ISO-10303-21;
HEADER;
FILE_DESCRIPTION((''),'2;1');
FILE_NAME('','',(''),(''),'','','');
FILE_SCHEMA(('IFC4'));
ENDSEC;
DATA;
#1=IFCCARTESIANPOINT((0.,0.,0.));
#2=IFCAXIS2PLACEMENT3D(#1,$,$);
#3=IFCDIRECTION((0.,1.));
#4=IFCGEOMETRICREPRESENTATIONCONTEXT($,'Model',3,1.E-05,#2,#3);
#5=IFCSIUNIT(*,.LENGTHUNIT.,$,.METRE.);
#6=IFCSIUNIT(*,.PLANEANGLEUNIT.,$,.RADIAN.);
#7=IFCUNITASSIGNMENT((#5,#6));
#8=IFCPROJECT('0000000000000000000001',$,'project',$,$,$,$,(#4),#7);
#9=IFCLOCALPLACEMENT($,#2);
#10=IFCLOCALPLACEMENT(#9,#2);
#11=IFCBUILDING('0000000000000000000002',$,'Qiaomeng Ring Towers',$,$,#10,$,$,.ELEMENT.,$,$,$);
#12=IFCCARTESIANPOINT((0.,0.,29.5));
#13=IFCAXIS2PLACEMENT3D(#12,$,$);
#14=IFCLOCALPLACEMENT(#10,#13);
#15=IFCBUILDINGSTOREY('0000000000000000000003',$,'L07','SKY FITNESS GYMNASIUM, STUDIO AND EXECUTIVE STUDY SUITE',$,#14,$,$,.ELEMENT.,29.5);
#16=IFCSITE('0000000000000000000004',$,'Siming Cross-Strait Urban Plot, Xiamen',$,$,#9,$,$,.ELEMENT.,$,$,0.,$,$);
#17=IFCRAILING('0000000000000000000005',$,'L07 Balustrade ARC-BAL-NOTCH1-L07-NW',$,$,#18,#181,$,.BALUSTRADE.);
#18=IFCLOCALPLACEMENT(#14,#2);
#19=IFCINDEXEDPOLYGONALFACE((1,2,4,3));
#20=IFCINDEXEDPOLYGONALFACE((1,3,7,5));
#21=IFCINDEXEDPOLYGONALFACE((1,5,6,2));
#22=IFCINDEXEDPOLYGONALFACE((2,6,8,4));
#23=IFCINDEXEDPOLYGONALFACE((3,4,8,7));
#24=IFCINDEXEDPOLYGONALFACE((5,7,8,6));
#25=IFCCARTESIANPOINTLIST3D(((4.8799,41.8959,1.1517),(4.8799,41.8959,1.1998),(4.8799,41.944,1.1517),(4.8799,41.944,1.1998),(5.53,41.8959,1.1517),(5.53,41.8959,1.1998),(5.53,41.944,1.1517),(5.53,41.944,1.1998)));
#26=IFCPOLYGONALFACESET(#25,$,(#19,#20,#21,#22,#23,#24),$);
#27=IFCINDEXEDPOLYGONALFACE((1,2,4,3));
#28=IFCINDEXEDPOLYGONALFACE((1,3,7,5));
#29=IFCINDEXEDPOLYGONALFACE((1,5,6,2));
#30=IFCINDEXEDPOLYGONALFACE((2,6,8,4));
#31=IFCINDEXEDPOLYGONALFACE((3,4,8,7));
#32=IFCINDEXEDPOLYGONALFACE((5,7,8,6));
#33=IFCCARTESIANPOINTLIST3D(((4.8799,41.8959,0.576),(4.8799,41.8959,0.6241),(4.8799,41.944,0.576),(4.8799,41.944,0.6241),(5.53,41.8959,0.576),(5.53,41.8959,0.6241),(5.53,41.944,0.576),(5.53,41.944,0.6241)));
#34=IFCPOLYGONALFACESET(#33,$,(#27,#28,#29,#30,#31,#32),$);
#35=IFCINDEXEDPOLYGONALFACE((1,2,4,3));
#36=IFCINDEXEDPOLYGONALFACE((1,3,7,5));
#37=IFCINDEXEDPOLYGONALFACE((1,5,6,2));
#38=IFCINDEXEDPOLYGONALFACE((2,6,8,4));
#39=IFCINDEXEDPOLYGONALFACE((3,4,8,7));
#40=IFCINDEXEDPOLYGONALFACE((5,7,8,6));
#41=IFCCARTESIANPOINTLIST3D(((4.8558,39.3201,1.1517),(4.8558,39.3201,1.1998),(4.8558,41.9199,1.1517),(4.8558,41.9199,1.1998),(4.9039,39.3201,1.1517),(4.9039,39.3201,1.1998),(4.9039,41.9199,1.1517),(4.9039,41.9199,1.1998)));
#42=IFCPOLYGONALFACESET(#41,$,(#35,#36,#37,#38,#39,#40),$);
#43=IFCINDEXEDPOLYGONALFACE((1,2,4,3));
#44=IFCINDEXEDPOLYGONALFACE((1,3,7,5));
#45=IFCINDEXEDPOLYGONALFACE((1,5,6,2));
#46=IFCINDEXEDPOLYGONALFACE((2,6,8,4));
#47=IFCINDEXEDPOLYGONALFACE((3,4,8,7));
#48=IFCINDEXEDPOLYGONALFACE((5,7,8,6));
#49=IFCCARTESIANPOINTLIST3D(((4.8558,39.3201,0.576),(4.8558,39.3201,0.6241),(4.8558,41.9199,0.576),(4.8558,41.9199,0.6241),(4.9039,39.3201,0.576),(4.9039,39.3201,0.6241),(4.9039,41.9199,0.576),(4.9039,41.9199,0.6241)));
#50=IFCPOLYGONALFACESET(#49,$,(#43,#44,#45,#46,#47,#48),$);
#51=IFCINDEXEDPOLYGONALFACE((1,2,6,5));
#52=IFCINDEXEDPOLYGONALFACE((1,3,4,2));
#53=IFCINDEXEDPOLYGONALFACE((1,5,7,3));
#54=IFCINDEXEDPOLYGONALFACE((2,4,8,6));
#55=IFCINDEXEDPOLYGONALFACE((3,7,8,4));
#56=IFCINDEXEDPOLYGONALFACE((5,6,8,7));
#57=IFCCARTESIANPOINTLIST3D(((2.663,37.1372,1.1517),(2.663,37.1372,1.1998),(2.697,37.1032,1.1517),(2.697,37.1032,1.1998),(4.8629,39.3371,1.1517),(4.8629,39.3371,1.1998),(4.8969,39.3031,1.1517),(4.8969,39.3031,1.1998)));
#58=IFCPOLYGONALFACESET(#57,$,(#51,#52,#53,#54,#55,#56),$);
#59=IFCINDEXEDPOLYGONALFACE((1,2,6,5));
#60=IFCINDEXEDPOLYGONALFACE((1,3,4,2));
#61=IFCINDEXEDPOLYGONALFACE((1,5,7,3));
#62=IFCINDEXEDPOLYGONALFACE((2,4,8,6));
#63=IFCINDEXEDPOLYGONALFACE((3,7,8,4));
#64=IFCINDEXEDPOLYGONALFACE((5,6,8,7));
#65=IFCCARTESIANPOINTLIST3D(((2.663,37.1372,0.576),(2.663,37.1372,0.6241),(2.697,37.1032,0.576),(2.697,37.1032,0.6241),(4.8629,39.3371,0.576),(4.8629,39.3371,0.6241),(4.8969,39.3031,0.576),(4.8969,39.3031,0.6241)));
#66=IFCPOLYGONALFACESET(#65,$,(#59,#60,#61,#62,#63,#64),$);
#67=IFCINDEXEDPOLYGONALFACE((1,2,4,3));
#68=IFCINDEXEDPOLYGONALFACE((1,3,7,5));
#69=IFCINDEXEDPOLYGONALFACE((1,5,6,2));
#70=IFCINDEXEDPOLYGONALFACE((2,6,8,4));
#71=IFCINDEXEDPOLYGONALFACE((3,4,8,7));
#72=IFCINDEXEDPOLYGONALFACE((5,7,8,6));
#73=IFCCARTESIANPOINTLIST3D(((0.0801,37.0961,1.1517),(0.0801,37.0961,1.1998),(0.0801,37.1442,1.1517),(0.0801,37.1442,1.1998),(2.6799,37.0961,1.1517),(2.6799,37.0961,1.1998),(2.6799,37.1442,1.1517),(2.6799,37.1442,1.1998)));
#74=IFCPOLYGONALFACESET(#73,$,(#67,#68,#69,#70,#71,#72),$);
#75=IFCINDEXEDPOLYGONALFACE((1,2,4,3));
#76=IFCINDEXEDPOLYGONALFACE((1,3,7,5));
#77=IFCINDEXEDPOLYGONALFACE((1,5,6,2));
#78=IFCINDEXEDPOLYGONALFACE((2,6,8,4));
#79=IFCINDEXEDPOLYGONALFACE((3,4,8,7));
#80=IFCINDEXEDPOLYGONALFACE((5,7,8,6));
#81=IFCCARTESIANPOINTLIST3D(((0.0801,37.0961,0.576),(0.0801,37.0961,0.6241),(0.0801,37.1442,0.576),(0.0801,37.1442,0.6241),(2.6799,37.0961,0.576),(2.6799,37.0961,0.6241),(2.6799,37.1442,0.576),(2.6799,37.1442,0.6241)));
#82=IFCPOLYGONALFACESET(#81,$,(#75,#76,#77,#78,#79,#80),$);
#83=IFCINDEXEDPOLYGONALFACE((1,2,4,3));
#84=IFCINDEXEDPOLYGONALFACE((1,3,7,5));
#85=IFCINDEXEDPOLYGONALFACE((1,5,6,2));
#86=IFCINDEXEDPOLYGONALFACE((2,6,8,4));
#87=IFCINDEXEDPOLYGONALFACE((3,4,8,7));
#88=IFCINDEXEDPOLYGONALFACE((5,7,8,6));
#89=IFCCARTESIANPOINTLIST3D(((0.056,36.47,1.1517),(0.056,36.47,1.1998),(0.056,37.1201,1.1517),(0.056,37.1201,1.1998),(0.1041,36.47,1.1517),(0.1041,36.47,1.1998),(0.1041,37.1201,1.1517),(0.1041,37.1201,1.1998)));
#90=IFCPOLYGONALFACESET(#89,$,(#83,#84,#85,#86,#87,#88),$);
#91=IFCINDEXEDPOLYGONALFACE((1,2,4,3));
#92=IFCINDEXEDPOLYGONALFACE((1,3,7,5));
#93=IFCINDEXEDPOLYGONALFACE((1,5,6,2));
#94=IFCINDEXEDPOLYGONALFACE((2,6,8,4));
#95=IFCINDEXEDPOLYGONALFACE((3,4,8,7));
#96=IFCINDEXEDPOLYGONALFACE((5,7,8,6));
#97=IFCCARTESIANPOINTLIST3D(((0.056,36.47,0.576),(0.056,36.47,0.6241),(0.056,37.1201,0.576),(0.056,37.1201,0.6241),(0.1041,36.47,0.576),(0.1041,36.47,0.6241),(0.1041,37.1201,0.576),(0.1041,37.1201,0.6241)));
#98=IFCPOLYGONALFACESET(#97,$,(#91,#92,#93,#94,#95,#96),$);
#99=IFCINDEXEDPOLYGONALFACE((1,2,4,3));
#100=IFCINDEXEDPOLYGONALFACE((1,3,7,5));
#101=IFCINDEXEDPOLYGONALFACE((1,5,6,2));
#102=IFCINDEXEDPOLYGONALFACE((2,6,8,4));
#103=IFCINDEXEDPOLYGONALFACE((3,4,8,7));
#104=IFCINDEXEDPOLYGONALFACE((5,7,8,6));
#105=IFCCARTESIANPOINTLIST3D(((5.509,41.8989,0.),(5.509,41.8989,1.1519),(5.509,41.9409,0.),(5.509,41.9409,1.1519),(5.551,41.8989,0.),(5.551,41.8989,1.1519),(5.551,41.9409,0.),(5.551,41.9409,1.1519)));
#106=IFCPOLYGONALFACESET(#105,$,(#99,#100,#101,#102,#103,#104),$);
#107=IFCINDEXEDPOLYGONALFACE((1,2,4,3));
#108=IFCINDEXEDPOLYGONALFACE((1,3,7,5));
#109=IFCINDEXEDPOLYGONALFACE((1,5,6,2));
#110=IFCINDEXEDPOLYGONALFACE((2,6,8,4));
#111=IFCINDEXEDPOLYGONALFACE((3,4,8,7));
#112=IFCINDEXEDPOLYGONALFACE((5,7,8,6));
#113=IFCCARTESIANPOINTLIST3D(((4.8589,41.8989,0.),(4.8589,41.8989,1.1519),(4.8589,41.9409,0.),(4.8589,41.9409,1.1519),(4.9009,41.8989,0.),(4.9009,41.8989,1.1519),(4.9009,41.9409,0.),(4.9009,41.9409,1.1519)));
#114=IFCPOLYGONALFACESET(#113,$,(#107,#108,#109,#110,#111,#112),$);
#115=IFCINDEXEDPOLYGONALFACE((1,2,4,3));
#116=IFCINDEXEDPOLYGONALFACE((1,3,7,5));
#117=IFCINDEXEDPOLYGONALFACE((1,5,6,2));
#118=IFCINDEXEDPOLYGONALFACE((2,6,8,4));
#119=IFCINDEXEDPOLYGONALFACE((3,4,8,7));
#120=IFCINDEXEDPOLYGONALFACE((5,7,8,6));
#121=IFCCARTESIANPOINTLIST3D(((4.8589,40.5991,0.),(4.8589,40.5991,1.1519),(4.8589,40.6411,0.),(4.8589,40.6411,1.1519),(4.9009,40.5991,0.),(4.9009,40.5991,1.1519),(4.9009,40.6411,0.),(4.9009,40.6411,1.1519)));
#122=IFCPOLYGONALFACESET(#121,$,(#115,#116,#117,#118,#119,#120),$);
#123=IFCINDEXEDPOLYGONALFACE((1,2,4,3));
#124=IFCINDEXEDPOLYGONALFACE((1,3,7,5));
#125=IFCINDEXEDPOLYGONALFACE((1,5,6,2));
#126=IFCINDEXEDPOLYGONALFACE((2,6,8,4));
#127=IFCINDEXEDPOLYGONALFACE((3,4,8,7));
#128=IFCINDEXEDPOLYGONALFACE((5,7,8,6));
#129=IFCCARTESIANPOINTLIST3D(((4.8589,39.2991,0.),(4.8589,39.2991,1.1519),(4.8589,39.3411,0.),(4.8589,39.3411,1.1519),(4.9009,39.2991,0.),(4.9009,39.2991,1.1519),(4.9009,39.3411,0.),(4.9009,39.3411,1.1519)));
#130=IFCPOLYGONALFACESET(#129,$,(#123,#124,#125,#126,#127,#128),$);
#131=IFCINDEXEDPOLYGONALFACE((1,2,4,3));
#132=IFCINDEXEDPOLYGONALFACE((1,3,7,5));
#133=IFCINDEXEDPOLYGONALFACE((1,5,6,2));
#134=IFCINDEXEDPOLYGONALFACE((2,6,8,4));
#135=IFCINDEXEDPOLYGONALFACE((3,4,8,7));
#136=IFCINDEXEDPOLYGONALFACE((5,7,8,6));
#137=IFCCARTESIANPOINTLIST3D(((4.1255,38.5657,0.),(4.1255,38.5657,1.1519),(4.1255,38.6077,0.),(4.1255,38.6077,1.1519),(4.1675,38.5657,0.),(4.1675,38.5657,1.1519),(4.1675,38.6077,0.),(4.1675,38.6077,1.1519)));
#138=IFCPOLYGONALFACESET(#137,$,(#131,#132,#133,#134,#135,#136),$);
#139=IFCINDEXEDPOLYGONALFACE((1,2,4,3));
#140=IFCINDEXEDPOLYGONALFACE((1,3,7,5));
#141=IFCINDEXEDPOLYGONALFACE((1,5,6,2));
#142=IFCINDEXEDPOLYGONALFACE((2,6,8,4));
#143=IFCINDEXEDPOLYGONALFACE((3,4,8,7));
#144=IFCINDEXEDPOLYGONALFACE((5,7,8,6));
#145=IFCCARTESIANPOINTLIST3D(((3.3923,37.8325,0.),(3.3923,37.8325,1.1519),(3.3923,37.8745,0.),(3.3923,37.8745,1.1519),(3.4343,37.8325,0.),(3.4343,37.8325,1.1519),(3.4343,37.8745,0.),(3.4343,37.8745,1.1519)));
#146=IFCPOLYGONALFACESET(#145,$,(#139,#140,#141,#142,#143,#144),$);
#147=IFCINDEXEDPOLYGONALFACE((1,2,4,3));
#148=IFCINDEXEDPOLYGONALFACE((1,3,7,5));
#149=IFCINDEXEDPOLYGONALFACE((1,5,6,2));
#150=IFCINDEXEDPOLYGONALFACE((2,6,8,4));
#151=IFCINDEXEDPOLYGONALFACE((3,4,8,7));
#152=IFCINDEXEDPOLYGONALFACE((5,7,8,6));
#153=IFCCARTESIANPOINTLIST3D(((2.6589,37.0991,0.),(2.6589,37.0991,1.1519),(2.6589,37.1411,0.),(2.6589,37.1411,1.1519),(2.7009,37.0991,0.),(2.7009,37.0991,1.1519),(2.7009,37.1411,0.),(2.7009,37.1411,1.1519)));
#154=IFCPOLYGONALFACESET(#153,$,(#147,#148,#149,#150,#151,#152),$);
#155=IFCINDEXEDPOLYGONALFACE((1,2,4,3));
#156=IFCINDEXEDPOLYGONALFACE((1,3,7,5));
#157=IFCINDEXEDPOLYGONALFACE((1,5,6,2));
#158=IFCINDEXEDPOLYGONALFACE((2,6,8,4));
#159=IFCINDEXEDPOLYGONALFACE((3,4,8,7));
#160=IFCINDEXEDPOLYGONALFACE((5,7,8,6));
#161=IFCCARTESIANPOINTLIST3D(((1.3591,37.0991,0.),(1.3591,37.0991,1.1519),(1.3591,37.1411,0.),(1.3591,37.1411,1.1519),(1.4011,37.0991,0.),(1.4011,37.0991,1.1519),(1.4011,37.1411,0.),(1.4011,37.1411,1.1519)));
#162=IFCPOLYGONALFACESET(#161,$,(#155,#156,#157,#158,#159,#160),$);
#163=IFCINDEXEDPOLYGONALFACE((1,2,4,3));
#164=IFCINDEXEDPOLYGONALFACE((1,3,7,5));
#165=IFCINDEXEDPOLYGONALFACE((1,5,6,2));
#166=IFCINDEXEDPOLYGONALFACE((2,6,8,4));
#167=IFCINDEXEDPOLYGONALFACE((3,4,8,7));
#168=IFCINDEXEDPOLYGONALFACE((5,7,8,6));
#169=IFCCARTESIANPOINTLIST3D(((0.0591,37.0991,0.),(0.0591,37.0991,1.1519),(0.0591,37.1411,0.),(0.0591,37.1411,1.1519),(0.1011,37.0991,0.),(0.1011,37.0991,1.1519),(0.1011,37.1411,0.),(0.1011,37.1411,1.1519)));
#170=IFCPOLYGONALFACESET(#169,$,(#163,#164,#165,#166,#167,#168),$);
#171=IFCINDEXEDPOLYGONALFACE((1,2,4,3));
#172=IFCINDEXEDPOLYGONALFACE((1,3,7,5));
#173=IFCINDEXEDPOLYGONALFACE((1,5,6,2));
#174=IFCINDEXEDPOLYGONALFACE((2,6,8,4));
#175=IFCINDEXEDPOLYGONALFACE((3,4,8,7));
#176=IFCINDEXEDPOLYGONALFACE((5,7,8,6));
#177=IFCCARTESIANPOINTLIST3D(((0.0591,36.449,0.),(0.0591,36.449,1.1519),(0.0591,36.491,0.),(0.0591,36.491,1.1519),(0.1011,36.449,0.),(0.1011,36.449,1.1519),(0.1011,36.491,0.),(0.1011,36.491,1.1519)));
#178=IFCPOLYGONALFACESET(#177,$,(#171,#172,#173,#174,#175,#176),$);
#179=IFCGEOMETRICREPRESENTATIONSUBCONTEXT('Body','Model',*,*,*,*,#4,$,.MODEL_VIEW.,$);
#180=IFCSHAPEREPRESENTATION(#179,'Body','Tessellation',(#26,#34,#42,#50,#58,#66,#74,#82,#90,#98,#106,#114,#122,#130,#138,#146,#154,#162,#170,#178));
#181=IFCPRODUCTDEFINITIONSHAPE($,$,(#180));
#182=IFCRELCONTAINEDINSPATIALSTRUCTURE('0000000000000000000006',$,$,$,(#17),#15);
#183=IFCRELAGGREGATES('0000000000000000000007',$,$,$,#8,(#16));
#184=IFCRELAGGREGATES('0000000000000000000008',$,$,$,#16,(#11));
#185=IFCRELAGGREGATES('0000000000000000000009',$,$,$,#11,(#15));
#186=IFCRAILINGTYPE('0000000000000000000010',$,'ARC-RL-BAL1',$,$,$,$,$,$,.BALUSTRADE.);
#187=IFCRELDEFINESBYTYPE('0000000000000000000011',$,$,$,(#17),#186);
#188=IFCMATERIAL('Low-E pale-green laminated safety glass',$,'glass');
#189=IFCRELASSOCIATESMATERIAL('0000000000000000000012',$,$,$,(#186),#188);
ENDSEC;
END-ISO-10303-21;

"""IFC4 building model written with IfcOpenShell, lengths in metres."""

from ifc_helpers import new_model, si_unit, direction, frame, origin, origin_2d, place, context, subcontext, project, spatial, rectangle, extrude, material, type_object, element, save


model = new_model("IFC4")

# Units and contexts
model_context = context("Model", 3, precision=1e-05, world=origin(), true_north=direction((0.0, 1.0)))
body_context = subcontext(model_context, "Body", "Model", "MODEL_VIEW")
ifc_project = project(units=[si_unit("LENGTHUNIT", "METRE"), si_unit("PLANEANGLEUNIT", "RADIAN")], contexts=[model_context])

# Site, building, storey
site_placement = place(None, origin())
site = spatial("IfcSite", under=ifc_project, at=site_placement, Name="Siming Cross-Strait Urban Plot, Xiamen", CompositionType="ELEMENT", RefElevation=0.0)
building_placement = place(site_placement, origin())
building = spatial("IfcBuilding", under=site, at=building_placement, Name="Qiaomeng Ring Towers", CompositionType="ELEMENT")
storey_placement = place(building_placement, frame((0.0, 0.0, 29.5)))
storey = spatial("IfcBuildingStorey", under=building, at=storey_placement, Name="L07", Description="SKY FITNESS GYMNASIUM, STUDIO AND EXECUTIVE STUDY SUITE", CompositionType="ELEMENT", Elevation=29.5)

# Railing
ifc_material_1 = material(Name="Low-E pale-green laminated safety glass", Category="glass")
railing_type = type_object("IfcRailingType", Name="ARC-RL-BAL1", PredefinedType="BALUSTRADE", material=ifc_material_1)
railing_placement = place(storey_placement, frame((5.53, 41.9199, 0.0)))
element("IfcRailing", 1, at=railing_placement, inside=storey, type_object=railing_type, Name="L07 Balustrade ARC-BAL-NOTCH1-L07-NW", PredefinedType="BALUSTRADE", context=body_context, shape_type="SweptSolid", body=[
    extrude(rectangle(XDim=0.0481, YDim=0.0481, at=origin_2d()), frame((0.0, 0.0, 1.1758), z_axis=(-1.0, 0.0, 0.0), x_axis=(0.0, -1.0, 0.0)), (0.0, 0.0, 1.0), 0.6501),
    extrude(rectangle(XDim=0.0481, YDim=0.0481, at=origin_2d()), frame((0.0, 0.0, 0.6001), z_axis=(-1.0, 0.0, 0.0), x_axis=(0.0, -1.0, 0.0)), (0.0, 0.0, 1.0), 0.6501),
    extrude(rectangle(XDim=0.0481, YDim=0.0481, at=origin_2d()), frame((-0.6501, 0.0, 1.1758), z_axis=(0.0, -1.0, 0.0), x_axis=(1.0, 0.0, 0.0)), (0.0, 0.0, 1.0), 2.5999),
    extrude(rectangle(XDim=0.0481, YDim=0.0481, at=origin_2d()), frame((-0.6501, 0.0, 0.6001), z_axis=(0.0, -1.0, 0.0), x_axis=(1.0, 0.0, 0.0)), (0.0, 0.0, 1.0), 2.5999),
    extrude(rectangle(XDim=0.0481, YDim=0.0481, at=origin_2d()), frame((-0.6501, -2.5999, 1.1758), z_axis=(-0.707107, -0.707107, 0.0), x_axis=(0.707107, -0.707107, 0.0)), (0.0, 0.0, 1.0), 3.1111),
    extrude(rectangle(XDim=0.0481, YDim=0.0481, at=origin_2d()), frame((-0.6501, -2.5999, 0.6001), z_axis=(-0.707107, -0.707107, 0.0), x_axis=(0.707107, -0.707107, 0.0)), (0.0, 0.0, 1.0), 3.1111),
    extrude(rectangle(XDim=0.0481, YDim=0.0481, at=origin_2d()), frame((-2.8501, -4.7998, 1.1758), z_axis=(-1.0, 0.0, 0.0), x_axis=(0.0, -1.0, 0.0)), (0.0, 0.0, 1.0), 2.5999),
    extrude(rectangle(XDim=0.0481, YDim=0.0481, at=origin_2d()), frame((-2.8501, -4.7998, 0.6001), z_axis=(-1.0, 0.0, 0.0), x_axis=(0.0, -1.0, 0.0)), (0.0, 0.0, 1.0), 2.5999),
    extrude(rectangle(XDim=0.0481, YDim=0.0481, at=origin_2d()), frame((-5.45, -4.7998, 1.1758), z_axis=(0.0, -1.0, 0.0), x_axis=(1.0, 0.0, 0.0)), (0.0, 0.0, 1.0), 0.6501),
    extrude(rectangle(XDim=0.0481, YDim=0.0481, at=origin_2d()), frame((-5.45, -4.7998, 0.6001), z_axis=(0.0, -1.0, 0.0), x_axis=(1.0, 0.0, 0.0)), (0.0, 0.0, 1.0), 0.6501),
    extrude(rectangle(XDim=0.042, YDim=0.042, at=origin_2d()), origin(), (0.0, 0.0, 1.0), 1.1519),
    extrude(rectangle(XDim=0.042, YDim=0.042, at=origin_2d()), frame((-0.6501, 0.0, 0.0)), (0.0, 0.0, 1.0), 1.1519),
    extrude(rectangle(XDim=0.042, YDim=0.042, at=origin_2d()), frame((-0.6501, -1.2998, 0.0)), (0.0, 0.0, 1.0), 1.1519),
    extrude(rectangle(XDim=0.042, YDim=0.042, at=origin_2d()), frame((-0.6501, -2.5999, 0.0)), (0.0, 0.0, 1.0), 1.1519),
    extrude(rectangle(XDim=0.042, YDim=0.042, at=origin_2d()), frame((-1.3835, -3.3333, 0.0)), (0.0, 0.0, 1.0), 1.1519),
    extrude(rectangle(XDim=0.042, YDim=0.042, at=origin_2d()), frame((-2.1167, -4.0664, 0.0)), (0.0, 0.0, 1.0), 1.1519),
    extrude(rectangle(XDim=0.042, YDim=0.042, at=origin_2d()), frame((-2.8501, -4.7998, 0.0)), (0.0, 0.0, 1.0), 1.1519),
    extrude(rectangle(XDim=0.042, YDim=0.042, at=origin_2d()), frame((-4.1499, -4.7998, 0.0)), (0.0, 0.0, 1.0), 1.1519),
    extrude(rectangle(XDim=0.042, YDim=0.042, at=origin_2d()), frame((-5.45, -4.7998, 0.0)), (0.0, 0.0, 1.0), 1.1519),
    extrude(rectangle(XDim=0.042, YDim=0.042, at=origin_2d()), frame((-5.45, -5.45, 0.0)), (0.0, 0.0, 1.0), 1.1519),
])

save(model, "model.ifc")
